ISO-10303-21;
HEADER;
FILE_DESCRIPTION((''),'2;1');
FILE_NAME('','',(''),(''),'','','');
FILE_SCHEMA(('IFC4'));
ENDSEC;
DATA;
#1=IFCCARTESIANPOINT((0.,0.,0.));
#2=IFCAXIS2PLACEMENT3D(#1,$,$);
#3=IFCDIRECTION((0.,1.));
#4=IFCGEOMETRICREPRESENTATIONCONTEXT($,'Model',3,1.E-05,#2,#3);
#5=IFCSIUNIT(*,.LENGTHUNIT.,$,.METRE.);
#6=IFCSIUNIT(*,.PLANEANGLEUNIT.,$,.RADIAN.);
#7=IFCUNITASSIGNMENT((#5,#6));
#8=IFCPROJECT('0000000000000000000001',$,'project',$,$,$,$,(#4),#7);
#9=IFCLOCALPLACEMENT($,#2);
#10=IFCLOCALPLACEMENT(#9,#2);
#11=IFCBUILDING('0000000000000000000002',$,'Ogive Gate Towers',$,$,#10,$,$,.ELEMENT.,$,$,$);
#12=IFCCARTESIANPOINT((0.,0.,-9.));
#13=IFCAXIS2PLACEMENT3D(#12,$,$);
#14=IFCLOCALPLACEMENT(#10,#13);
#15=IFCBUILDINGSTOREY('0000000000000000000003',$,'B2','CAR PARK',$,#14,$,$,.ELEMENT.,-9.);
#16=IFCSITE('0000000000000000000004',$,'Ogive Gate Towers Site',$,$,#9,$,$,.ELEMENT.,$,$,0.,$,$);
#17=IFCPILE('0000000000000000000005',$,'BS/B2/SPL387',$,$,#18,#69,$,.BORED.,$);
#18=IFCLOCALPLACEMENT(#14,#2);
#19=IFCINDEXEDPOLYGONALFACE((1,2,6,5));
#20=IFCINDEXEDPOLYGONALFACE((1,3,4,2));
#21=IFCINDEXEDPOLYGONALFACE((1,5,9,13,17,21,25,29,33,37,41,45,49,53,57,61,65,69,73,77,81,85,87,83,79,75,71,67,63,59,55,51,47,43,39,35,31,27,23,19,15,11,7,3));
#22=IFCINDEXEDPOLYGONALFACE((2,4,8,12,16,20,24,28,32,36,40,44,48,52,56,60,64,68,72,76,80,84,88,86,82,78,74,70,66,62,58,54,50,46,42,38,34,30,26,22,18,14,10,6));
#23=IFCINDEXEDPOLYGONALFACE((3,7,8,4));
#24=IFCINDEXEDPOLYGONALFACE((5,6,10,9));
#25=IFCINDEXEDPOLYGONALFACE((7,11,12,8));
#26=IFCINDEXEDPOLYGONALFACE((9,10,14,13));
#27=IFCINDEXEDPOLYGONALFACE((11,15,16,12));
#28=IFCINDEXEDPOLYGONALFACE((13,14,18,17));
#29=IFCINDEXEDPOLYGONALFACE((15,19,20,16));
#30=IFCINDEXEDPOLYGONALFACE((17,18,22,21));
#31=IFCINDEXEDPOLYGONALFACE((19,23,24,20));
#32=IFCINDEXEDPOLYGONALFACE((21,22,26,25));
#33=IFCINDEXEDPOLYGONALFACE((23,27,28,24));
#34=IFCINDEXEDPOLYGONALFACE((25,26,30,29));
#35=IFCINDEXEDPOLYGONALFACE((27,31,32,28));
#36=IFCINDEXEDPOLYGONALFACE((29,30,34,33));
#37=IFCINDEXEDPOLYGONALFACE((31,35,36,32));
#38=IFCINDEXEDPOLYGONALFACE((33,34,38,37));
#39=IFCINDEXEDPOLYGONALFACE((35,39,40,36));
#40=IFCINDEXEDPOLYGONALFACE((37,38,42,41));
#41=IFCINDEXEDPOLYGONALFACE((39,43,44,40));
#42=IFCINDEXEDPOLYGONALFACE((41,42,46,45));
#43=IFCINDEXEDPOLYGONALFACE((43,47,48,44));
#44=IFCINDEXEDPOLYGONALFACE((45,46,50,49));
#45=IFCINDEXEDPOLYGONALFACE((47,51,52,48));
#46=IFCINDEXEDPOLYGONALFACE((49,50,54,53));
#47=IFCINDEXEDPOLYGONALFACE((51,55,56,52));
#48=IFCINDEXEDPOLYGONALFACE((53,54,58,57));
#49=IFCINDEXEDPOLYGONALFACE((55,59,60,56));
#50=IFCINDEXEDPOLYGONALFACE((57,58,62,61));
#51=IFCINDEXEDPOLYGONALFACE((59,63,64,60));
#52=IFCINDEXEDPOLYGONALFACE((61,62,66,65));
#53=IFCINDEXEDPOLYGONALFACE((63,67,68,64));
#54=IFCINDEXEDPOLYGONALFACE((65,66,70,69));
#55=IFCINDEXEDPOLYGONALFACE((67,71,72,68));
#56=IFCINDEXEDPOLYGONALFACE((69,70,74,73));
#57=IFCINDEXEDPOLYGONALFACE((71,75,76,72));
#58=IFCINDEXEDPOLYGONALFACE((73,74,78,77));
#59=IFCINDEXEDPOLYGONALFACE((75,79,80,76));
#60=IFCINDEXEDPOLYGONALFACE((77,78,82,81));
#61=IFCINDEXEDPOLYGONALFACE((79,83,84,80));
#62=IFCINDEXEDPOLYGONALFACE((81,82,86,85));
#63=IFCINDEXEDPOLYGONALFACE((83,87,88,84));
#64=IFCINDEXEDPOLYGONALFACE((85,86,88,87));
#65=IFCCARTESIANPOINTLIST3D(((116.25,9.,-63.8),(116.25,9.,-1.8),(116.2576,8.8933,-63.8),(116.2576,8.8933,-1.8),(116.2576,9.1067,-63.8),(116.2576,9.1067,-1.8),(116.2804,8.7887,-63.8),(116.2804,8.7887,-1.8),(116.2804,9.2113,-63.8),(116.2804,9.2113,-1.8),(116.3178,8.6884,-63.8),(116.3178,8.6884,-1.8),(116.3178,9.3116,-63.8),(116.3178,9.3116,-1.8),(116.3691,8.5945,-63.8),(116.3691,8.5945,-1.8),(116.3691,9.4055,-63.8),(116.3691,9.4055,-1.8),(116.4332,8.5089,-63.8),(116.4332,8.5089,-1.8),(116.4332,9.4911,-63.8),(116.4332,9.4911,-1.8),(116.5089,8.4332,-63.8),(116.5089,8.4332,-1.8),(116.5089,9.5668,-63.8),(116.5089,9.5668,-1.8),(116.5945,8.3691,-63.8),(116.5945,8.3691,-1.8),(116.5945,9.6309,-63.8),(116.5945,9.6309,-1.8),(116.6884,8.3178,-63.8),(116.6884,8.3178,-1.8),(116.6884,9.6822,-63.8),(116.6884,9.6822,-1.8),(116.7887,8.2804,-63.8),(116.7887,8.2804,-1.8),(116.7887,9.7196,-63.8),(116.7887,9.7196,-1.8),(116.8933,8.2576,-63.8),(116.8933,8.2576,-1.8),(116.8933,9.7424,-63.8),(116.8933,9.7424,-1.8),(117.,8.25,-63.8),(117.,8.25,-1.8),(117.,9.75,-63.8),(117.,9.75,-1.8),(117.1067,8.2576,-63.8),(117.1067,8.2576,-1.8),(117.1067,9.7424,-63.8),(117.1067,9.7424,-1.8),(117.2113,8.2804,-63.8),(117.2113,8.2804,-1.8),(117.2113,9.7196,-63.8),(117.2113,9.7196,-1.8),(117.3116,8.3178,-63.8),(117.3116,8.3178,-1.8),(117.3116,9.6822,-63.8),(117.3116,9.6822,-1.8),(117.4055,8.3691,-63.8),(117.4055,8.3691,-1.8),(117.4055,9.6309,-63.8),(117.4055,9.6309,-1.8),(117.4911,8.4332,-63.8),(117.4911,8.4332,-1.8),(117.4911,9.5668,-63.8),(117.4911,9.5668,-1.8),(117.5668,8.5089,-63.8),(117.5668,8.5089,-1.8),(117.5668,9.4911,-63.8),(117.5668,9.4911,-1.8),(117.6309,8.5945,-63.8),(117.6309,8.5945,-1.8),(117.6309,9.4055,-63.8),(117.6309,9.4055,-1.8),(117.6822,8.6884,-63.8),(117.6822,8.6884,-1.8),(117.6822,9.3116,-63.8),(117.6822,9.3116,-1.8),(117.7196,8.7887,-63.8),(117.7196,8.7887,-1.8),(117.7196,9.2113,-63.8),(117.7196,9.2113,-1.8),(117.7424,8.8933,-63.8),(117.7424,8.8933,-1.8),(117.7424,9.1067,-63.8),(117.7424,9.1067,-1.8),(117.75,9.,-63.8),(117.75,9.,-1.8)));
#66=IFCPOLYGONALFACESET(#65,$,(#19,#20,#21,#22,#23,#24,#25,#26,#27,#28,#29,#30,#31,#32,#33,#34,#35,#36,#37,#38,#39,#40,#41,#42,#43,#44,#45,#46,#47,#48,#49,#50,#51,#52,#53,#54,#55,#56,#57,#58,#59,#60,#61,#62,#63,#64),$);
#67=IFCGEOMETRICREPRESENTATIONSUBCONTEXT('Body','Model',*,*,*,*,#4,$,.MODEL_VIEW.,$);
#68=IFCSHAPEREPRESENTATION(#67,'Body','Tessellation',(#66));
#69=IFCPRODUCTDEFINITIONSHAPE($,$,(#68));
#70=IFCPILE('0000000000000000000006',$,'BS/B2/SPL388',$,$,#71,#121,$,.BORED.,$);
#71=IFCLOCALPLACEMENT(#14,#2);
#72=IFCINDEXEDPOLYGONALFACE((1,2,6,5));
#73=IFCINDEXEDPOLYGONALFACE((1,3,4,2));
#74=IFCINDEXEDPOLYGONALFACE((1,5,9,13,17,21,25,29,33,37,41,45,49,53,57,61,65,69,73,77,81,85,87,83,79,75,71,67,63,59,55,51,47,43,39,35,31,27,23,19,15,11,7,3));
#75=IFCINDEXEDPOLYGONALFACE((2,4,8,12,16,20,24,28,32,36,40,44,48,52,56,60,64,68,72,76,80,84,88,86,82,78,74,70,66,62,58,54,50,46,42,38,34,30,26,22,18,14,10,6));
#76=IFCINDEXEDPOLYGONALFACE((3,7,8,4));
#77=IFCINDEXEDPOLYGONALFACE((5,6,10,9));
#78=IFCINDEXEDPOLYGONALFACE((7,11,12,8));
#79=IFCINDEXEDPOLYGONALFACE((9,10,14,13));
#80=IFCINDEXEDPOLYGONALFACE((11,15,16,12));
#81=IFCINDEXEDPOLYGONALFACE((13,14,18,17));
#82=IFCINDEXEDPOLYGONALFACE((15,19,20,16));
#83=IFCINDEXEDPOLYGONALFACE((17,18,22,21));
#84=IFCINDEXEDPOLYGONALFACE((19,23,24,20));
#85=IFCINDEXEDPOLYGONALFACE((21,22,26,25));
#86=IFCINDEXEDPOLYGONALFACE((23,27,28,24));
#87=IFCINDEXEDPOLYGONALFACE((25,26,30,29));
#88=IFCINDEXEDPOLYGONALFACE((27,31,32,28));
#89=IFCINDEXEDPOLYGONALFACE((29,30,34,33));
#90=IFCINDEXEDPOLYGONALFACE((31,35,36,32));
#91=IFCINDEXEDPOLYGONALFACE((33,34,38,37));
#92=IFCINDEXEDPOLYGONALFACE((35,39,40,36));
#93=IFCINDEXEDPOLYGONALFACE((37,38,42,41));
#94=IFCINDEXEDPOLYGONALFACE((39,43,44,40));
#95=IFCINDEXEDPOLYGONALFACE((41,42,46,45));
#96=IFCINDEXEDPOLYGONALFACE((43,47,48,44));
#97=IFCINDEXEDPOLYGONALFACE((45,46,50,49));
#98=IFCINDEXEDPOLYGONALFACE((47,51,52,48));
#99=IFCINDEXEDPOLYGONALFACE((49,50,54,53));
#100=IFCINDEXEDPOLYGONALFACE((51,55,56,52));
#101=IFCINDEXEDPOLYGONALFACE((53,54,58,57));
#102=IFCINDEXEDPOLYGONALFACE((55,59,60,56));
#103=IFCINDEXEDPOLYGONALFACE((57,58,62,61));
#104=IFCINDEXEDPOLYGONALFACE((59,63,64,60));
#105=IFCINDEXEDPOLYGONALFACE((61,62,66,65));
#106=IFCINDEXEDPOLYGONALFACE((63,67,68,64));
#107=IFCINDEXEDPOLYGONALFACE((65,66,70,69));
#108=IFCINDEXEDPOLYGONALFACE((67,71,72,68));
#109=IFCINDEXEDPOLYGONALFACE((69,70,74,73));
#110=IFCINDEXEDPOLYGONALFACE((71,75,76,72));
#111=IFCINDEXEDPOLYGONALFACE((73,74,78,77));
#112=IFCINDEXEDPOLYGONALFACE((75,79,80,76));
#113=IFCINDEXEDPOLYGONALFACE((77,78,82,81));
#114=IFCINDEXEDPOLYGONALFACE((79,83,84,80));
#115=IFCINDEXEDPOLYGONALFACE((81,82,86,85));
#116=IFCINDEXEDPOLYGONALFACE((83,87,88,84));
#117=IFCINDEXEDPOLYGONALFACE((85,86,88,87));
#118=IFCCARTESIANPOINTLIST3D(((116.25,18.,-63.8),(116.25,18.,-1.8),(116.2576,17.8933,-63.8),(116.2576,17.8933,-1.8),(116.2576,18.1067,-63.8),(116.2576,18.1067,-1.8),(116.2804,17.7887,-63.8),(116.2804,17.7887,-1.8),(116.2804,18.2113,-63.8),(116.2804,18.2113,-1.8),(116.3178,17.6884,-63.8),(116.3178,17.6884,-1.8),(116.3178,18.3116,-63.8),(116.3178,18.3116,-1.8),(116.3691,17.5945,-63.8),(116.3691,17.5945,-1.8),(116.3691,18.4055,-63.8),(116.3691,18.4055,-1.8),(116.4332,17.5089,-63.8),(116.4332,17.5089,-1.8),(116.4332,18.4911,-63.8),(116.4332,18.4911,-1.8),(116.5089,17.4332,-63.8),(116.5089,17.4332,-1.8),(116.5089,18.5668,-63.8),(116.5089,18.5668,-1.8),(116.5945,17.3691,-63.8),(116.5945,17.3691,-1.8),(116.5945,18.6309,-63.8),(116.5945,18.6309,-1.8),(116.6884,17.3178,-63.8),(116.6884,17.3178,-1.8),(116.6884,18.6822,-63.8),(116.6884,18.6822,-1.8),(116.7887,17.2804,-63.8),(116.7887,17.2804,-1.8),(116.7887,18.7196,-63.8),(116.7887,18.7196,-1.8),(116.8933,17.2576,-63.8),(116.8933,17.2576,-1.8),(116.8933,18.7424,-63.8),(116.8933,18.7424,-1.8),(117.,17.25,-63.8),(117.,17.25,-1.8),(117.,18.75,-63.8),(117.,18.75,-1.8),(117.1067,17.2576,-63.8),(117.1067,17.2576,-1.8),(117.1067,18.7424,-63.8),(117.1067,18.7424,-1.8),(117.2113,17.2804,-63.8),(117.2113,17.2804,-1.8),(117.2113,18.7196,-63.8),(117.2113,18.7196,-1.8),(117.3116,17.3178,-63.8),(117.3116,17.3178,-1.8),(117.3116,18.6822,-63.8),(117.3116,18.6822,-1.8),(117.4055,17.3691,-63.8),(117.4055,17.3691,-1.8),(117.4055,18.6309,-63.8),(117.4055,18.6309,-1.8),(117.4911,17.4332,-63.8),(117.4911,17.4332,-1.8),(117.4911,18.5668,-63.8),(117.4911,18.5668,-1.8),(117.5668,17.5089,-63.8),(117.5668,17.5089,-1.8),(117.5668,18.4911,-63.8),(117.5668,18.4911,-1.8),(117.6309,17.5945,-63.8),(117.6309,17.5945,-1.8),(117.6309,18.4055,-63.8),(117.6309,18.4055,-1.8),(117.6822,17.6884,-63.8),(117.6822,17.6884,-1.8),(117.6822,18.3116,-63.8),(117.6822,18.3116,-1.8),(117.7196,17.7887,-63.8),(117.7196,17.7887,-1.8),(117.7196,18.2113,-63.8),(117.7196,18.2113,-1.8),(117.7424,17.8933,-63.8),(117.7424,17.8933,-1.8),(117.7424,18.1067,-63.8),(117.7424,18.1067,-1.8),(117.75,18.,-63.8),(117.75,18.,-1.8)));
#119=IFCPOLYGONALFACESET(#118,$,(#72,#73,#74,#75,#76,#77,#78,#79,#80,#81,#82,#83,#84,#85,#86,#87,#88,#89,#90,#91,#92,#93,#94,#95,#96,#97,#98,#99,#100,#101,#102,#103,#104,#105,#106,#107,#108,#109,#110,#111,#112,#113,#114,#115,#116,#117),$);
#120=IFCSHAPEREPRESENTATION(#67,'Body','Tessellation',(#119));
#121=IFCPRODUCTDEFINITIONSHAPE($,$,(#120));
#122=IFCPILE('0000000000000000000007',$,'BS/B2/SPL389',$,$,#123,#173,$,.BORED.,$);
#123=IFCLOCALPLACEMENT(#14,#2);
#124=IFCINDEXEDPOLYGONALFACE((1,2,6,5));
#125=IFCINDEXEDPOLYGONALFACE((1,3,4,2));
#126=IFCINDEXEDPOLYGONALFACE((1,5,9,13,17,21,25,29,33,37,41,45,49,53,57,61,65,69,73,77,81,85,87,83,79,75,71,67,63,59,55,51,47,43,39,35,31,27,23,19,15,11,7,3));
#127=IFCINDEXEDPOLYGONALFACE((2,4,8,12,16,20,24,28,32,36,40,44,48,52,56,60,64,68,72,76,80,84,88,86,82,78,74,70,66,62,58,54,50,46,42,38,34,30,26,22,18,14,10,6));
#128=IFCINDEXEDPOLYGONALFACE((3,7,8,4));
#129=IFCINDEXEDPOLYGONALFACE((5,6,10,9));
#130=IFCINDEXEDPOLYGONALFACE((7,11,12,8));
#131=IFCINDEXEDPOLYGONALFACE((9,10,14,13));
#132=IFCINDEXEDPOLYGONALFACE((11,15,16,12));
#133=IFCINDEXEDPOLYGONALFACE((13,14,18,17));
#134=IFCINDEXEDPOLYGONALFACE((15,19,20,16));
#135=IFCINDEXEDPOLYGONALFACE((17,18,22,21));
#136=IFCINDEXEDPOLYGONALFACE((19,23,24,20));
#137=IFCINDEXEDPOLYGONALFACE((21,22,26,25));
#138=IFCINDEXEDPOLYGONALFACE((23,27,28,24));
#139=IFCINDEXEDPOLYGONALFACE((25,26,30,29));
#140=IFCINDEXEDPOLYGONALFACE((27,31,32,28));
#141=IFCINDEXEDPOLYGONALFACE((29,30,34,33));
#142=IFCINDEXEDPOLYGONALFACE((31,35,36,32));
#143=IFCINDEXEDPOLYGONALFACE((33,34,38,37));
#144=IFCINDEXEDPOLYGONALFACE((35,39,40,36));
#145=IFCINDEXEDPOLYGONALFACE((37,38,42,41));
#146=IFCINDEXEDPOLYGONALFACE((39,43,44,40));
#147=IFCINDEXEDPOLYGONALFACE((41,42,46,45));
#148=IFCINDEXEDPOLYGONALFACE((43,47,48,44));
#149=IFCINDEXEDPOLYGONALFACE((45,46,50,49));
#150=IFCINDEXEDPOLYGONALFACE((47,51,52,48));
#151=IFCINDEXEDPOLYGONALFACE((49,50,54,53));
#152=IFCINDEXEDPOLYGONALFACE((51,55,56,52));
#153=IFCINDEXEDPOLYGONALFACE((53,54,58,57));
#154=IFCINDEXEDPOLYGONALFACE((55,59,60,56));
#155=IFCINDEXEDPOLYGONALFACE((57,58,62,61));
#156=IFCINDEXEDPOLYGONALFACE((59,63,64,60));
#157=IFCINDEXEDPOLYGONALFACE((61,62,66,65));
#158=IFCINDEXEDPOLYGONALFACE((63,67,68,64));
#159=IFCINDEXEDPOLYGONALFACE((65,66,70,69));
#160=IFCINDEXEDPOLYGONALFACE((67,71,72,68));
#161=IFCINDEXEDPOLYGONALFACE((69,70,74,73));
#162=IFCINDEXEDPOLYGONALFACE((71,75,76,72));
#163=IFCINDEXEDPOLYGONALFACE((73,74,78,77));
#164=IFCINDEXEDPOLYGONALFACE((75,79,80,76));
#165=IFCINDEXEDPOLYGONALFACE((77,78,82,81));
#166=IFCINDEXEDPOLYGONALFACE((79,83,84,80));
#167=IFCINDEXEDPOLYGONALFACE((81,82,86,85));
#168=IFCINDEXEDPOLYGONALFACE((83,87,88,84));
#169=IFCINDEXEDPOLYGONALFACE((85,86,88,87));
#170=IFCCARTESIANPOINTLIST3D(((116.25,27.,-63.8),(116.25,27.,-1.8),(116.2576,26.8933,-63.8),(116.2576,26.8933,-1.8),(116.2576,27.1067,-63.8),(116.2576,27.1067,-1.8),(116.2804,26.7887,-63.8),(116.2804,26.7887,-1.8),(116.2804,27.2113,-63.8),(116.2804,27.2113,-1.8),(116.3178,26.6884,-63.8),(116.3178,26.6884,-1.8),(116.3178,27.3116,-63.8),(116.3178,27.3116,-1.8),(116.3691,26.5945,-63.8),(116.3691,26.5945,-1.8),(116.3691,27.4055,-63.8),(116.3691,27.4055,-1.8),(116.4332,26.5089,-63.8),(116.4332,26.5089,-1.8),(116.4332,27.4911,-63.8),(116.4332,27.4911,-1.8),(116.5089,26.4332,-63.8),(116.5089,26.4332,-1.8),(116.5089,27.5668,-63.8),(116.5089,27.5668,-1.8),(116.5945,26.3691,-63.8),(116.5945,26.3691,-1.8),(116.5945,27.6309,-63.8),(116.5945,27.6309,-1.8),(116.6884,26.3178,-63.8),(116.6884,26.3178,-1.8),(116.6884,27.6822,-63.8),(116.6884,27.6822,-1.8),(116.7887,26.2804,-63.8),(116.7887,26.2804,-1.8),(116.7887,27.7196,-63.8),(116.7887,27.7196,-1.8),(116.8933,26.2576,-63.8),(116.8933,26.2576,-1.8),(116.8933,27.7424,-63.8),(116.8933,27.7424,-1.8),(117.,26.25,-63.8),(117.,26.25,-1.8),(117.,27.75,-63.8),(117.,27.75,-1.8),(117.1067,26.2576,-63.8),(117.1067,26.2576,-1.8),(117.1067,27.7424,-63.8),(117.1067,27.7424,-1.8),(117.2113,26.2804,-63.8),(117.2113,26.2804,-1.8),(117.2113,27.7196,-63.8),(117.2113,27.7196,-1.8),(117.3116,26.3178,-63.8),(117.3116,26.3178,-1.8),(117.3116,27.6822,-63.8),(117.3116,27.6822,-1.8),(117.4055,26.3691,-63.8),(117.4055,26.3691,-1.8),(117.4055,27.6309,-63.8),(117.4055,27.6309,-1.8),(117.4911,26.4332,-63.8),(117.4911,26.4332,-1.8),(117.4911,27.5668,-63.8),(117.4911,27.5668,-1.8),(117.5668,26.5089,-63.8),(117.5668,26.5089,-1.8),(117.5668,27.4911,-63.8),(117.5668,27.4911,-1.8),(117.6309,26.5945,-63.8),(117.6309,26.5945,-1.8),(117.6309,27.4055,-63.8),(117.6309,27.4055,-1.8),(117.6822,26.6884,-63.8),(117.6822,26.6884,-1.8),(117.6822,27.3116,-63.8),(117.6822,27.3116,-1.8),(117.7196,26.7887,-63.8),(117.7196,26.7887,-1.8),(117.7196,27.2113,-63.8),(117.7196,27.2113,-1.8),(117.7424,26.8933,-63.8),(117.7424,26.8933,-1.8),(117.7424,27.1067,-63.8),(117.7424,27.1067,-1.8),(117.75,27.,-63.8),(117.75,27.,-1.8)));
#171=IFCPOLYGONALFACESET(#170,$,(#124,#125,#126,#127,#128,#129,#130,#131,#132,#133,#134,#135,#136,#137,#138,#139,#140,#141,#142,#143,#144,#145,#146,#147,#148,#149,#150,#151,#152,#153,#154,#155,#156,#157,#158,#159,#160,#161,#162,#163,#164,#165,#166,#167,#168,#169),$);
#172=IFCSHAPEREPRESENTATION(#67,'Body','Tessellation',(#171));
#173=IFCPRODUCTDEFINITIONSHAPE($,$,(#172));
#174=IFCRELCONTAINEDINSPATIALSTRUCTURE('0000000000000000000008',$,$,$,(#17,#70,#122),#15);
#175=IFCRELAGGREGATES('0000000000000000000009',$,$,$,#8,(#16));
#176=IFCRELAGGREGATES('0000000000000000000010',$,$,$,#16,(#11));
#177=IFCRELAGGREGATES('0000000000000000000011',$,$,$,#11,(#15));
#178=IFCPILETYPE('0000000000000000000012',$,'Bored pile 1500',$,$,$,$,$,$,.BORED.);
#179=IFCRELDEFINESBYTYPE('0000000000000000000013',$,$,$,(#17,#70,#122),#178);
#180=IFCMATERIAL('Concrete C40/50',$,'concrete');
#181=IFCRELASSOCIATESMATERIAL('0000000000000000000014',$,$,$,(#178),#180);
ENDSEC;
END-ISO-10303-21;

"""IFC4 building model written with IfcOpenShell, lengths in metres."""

from ifc_helpers import new_model, si_unit, direction, frame, origin, origin_2d, place, context, subcontext, project, spatial, circle, extrude, material, material_profile, profile_set, type_object, element, save


model = new_model("IFC4")

# Units and contexts
model_context = context("Model", 3, precision=1e-05, world=origin(), true_north=direction((0.0, 1.0)))
body_context = subcontext(model_context, "Body", "Model", "MODEL_VIEW")
ifc_project = project(units=[si_unit("LENGTHUNIT", "METRE"), si_unit("PLANEANGLEUNIT", "RADIAN")], contexts=[model_context])

# Site, building, storey
site_placement = place(None, origin())
site = spatial("IfcSite", under=ifc_project, at=site_placement, Name="Ogive Gate Towers Site", CompositionType="ELEMENT", RefElevation=0.0)
building_placement = place(site_placement, origin())
building = spatial("IfcBuilding", under=site, at=building_placement, Name="Ogive Gate Towers", CompositionType="ELEMENT")
storey_placement = place(building_placement, frame((0.0, 0.0, -9.0)))
storey = spatial("IfcBuildingStorey", under=building, at=storey_placement, Name="B2", Description="CAR PARK", CompositionType="ELEMENT", Elevation=-9.0)

# Piles
ifc_material_1 = material(Name="Concrete C40/50", Category="concrete")
ifc_material_profile_1 = material_profile(ifc_material_1, circle(Radius=0.75, at=origin_2d()), Name="BP 1500")
ifc_profile_set_1 = profile_set([ifc_material_profile_1], Name="Concrete C40/50")
pile_type = type_object("IfcPileType", Name="Bored pile 1500", PredefinedType="BORED", material=ifc_profile_set_1)
for number, where, z_axis, x_axis, name in (
    (1, (117.0, 9.0, -1.8), (0.0, 0.0, -1.0), (1.0, 0.0, 0.0), "BS/B2/SPL387"),
    (2, (117.0, 18.0, -1.8), (0.0, 0.0, -1.0), (1.0, 0.0, 0.0), "BS/B2/SPL388"),
    (3, (117.0, 27.0, -1.8), (0.0, 0.0, -1.0), (1.0, 0.0, 0.0), "BS/B2/SPL389"),
):
    element("IfcPile", number, at=place(storey_placement, frame(where, z_axis=z_axis, x_axis=x_axis)), inside=storey, type_object=pile_type, Name=name, PredefinedType="BORED", context=body_context, shape_type="SweptSolid", body=[
        extrude(circle(Radius=0.75, at=origin_2d()), origin(), (0.0, 0.0, 1.0), 62.0),
    ])

save(model, "model.ifc")
